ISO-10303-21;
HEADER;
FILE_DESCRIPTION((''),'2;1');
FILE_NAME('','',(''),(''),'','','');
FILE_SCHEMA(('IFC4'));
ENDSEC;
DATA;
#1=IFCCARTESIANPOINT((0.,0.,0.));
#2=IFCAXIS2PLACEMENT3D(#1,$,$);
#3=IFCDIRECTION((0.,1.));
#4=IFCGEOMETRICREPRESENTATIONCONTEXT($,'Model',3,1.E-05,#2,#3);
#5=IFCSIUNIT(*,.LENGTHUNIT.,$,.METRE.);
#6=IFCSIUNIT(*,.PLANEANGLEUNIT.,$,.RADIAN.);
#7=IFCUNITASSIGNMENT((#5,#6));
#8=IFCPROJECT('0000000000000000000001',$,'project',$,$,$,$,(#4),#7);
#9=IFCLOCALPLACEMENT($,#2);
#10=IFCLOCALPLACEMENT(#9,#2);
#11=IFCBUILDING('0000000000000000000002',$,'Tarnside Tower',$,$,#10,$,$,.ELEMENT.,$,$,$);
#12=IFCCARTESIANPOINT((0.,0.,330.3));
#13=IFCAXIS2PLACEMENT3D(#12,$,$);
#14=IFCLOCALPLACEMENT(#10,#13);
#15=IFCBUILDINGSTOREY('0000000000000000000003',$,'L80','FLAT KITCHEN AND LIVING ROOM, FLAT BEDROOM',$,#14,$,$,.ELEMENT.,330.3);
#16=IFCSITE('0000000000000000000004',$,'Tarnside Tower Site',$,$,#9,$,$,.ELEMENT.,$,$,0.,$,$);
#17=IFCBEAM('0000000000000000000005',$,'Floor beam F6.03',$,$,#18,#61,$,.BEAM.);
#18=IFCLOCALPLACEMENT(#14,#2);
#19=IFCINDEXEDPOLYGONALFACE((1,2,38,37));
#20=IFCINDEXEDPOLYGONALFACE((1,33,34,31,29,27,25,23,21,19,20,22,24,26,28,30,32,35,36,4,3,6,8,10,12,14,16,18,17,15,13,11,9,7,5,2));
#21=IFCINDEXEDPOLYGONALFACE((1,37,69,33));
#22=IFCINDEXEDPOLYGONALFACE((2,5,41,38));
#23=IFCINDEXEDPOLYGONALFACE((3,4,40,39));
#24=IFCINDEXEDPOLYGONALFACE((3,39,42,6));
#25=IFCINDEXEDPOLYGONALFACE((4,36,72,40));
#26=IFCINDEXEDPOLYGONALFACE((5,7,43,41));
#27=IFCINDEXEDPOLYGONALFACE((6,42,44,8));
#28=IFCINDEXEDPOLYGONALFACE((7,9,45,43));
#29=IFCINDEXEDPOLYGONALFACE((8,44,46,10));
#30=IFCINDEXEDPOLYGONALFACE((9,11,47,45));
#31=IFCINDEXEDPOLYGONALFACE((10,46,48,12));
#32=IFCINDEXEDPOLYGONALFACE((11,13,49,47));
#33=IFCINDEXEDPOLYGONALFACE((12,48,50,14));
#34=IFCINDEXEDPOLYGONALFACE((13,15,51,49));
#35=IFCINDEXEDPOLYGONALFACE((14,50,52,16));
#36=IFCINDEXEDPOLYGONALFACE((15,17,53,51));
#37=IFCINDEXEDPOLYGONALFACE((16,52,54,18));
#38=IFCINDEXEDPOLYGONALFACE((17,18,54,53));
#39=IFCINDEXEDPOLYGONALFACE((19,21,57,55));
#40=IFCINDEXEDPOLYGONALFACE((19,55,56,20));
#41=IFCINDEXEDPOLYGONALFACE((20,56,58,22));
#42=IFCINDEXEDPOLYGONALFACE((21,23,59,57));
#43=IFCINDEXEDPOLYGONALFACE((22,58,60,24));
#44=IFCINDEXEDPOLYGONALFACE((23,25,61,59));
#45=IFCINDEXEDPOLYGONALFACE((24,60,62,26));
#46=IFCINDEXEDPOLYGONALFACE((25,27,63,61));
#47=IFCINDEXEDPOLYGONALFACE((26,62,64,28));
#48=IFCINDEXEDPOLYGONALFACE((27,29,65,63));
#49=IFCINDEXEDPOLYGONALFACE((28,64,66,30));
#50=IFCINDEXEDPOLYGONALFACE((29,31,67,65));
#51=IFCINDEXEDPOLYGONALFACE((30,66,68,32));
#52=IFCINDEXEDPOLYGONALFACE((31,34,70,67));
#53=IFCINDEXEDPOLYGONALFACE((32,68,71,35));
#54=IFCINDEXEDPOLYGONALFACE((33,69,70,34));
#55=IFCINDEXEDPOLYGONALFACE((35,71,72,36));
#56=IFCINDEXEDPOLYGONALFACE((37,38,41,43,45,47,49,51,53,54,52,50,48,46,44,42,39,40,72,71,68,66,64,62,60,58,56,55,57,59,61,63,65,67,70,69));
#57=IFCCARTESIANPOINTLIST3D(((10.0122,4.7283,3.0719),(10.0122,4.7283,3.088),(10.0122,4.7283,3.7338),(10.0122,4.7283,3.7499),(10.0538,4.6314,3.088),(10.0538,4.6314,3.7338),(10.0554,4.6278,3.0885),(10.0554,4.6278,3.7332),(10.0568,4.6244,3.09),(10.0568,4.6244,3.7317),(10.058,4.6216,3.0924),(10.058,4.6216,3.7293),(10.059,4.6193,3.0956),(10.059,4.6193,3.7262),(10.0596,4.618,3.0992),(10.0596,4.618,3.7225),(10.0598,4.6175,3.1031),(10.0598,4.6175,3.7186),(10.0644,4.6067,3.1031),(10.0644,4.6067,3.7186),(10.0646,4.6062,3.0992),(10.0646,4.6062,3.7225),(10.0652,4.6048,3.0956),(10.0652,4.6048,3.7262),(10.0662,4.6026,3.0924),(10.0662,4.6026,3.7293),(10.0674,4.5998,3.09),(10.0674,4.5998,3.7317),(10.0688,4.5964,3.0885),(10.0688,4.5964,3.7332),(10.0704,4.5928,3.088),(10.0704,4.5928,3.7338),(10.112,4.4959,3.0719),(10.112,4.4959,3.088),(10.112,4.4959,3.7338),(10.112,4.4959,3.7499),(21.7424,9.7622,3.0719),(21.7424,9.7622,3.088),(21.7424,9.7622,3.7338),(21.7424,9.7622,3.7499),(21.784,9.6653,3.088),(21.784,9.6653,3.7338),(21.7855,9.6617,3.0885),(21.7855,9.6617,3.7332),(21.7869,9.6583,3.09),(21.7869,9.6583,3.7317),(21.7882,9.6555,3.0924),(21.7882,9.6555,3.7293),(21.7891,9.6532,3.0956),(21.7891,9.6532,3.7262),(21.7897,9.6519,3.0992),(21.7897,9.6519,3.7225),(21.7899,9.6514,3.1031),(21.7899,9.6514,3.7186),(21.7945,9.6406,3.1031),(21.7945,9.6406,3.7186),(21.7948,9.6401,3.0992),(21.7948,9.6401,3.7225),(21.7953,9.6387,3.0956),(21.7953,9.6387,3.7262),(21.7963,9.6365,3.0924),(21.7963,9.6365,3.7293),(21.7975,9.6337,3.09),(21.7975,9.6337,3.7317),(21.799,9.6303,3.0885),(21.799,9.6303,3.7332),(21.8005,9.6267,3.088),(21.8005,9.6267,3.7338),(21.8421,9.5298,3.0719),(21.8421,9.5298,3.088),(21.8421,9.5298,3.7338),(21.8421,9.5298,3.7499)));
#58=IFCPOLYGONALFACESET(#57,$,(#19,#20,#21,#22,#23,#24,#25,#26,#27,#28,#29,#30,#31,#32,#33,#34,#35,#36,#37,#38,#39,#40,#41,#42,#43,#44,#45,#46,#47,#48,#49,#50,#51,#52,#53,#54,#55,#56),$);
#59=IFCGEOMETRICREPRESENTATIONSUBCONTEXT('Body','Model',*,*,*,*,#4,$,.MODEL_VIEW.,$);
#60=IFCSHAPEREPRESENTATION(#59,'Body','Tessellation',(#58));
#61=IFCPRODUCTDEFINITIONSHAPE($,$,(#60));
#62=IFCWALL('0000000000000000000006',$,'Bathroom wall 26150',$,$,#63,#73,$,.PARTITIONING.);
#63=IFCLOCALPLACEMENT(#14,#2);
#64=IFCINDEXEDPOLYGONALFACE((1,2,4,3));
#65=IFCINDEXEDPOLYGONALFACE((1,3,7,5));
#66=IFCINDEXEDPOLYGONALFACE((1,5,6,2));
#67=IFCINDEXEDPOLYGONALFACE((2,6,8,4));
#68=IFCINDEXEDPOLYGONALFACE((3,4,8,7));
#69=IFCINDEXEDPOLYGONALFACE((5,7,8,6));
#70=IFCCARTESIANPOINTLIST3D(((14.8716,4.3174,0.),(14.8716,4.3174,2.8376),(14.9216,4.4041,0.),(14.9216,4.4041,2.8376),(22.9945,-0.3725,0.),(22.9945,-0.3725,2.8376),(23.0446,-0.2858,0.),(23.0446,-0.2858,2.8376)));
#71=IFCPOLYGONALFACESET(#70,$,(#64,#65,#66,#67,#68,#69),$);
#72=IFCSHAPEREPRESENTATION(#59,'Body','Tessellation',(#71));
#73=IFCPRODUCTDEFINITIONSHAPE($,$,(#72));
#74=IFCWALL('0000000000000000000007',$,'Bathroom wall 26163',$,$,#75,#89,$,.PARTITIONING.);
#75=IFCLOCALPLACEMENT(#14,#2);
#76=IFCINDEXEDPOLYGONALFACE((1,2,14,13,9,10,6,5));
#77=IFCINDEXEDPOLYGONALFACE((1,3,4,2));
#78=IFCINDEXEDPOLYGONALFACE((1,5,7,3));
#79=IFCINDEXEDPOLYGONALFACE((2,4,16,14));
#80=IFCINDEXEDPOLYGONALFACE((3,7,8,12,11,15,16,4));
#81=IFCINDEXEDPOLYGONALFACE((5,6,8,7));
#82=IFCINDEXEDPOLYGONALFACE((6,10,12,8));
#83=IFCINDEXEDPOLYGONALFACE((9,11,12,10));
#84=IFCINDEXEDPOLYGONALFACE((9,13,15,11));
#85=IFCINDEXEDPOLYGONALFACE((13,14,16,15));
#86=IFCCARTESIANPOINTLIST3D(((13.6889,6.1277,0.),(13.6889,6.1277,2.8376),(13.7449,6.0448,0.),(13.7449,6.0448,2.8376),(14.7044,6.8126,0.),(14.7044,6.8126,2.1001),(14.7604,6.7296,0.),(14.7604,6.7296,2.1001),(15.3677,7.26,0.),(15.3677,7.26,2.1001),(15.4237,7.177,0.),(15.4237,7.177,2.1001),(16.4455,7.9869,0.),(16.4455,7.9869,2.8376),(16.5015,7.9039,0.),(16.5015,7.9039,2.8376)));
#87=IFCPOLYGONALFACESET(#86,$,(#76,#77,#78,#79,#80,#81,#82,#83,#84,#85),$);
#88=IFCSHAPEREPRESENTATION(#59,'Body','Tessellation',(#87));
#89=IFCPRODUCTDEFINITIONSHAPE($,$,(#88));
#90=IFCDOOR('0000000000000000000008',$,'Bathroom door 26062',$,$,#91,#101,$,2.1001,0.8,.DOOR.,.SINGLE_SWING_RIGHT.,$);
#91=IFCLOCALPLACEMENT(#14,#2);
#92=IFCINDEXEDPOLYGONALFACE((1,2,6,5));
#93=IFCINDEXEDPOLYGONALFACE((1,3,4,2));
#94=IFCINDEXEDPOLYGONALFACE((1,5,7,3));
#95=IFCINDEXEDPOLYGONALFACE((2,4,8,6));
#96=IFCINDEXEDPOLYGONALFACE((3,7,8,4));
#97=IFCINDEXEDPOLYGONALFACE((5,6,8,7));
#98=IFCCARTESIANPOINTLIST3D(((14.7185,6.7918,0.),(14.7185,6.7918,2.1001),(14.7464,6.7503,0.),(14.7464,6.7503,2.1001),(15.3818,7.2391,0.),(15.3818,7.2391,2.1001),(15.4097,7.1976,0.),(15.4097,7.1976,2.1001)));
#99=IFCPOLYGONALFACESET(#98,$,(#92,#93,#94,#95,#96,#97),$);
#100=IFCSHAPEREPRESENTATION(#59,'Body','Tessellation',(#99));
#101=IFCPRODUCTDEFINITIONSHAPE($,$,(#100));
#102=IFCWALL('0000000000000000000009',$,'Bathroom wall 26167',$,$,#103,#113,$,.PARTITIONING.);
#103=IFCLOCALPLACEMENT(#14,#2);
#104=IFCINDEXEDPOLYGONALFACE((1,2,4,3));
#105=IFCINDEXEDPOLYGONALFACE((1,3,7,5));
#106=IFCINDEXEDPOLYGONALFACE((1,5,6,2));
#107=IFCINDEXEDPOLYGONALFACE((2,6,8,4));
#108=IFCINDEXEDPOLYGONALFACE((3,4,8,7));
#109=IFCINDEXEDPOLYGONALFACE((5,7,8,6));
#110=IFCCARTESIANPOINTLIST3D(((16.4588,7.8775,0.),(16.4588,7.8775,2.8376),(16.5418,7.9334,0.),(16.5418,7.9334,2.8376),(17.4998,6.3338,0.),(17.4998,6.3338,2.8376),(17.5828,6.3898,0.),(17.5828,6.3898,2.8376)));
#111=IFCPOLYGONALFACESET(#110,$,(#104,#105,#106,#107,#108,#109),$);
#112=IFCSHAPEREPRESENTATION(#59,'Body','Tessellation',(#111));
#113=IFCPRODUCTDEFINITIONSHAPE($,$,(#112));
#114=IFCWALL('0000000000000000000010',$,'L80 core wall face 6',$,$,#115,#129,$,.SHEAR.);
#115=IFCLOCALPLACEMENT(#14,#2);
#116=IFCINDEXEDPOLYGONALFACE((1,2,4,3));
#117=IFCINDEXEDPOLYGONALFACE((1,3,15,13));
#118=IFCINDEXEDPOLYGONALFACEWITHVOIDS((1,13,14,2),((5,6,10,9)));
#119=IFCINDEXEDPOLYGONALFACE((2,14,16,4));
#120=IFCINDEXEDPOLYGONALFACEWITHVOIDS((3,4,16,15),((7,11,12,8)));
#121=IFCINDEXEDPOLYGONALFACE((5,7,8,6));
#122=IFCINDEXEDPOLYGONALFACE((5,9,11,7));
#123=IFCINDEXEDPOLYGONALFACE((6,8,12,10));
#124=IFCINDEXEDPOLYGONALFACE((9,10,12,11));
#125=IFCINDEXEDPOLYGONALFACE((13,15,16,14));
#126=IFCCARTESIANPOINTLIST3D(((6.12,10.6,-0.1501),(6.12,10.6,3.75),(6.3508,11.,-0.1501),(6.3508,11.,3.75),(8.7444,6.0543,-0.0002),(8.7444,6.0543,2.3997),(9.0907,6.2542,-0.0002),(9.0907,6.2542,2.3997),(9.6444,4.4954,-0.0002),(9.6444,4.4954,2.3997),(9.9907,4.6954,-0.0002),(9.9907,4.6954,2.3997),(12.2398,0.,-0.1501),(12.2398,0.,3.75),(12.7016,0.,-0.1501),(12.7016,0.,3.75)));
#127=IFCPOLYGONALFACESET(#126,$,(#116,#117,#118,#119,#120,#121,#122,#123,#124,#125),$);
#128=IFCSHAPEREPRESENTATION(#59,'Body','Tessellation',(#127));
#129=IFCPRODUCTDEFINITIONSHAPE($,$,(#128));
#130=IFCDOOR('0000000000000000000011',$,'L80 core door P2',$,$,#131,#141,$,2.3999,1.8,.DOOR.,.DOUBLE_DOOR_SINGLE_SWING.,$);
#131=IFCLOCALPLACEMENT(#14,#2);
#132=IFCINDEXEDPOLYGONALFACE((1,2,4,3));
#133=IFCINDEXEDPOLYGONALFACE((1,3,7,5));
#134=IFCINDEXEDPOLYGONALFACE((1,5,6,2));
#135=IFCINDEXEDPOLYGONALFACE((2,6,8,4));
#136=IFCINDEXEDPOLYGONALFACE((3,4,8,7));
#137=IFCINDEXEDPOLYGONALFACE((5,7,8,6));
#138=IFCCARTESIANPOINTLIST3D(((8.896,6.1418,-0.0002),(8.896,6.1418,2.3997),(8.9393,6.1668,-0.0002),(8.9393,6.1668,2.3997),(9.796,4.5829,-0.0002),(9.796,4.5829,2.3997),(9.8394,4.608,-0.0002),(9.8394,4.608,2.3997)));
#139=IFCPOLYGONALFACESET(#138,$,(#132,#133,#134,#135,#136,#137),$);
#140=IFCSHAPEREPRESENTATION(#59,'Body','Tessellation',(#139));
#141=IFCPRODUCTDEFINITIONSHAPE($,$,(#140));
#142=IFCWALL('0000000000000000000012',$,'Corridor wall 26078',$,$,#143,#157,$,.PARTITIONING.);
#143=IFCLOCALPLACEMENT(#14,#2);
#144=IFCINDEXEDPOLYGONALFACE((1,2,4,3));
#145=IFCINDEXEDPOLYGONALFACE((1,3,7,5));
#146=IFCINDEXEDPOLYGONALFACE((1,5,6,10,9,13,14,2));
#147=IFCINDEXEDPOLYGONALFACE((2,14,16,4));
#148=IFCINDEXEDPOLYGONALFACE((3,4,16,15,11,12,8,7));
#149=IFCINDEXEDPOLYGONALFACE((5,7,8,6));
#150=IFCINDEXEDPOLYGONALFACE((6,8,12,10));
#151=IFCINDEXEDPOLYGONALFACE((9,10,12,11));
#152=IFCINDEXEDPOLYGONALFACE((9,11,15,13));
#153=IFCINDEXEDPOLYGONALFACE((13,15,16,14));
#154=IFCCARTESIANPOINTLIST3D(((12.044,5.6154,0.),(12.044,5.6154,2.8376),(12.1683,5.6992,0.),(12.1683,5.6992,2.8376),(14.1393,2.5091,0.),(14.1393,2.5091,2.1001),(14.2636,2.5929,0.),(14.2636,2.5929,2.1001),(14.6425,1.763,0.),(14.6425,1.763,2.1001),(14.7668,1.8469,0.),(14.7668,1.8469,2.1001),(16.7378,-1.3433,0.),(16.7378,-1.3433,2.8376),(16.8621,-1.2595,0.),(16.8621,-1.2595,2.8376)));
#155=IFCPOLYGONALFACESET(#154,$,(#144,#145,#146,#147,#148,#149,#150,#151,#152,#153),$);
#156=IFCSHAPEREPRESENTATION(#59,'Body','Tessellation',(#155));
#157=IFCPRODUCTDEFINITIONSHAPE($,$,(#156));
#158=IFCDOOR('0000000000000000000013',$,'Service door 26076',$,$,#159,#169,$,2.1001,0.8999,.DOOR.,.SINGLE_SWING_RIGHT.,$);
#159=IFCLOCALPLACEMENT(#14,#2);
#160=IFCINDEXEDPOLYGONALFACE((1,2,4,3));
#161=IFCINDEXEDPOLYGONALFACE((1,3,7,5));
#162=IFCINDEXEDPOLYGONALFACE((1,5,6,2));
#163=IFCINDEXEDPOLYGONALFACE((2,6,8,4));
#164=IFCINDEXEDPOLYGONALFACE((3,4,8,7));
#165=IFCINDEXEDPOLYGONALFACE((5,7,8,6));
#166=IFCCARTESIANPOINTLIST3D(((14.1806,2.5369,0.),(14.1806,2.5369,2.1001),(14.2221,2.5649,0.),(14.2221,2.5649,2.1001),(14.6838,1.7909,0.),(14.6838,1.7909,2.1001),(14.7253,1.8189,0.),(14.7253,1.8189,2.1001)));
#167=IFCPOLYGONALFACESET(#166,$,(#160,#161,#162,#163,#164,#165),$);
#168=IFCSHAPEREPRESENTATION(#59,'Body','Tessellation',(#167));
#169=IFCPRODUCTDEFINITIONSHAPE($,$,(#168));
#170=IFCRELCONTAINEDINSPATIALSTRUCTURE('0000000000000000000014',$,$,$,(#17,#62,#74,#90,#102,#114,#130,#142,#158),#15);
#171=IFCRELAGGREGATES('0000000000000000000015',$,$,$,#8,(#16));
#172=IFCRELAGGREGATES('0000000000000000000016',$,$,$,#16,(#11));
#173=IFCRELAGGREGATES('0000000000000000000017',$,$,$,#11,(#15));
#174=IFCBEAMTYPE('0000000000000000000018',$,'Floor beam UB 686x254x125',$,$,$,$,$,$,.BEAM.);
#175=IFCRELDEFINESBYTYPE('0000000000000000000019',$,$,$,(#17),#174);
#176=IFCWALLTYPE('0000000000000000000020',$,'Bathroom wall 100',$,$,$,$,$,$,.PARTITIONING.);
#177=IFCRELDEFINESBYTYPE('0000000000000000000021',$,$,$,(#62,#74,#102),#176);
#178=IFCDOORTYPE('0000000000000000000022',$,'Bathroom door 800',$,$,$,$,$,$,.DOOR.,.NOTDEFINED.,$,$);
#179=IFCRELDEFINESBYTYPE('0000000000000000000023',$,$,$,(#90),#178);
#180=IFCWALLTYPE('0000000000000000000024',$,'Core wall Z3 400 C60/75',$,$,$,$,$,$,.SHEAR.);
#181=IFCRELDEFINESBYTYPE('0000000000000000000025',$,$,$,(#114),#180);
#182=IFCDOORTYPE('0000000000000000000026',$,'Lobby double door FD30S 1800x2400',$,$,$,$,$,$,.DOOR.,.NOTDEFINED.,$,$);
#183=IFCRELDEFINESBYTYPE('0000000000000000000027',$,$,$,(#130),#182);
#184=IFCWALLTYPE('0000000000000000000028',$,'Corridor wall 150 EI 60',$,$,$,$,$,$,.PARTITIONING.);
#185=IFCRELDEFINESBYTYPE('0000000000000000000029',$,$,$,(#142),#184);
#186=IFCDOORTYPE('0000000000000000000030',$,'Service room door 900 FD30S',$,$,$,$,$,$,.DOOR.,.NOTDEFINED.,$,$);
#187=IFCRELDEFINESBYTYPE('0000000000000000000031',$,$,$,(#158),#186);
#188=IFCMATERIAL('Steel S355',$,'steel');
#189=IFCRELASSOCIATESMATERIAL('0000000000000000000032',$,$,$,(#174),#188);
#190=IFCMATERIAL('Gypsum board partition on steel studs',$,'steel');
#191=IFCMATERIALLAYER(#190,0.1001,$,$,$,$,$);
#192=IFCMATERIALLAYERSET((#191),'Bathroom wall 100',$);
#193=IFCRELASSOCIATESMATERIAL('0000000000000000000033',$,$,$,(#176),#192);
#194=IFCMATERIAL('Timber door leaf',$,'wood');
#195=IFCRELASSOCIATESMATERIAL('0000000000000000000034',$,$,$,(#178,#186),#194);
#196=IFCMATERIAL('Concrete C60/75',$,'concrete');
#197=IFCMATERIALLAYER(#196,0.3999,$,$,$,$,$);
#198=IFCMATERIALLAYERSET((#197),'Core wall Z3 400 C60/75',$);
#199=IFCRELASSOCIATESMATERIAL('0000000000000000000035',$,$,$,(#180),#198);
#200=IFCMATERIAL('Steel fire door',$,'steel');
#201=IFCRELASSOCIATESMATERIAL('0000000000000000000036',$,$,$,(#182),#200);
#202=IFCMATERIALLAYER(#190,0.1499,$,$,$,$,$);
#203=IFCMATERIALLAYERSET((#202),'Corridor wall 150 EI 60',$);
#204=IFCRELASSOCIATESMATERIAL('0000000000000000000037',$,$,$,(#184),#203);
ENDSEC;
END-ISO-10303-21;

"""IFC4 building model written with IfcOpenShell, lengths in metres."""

from ifc_helpers import new_model, si_unit, direction, frame, frame_2d, origin, origin_2d, place, context, subcontext, project, spatial, polyline, rectangle, i_section, outline, extrude, material, layer, layer_set, material_profile, profile_set, type_object, element, fill, save


model = new_model("IFC4")

# Units and contexts
model_context = context("Model", 3, precision=1e-05, world=origin(), true_north=direction((0.0, 1.0)))
body_context = subcontext(model_context, "Body", "Model", "MODEL_VIEW")
ifc_project = project(units=[si_unit("LENGTHUNIT", "METRE"), si_unit("PLANEANGLEUNIT", "RADIAN")], contexts=[model_context])

# Site, building, storey
site_placement = place(None, origin())
site = spatial("IfcSite", under=ifc_project, at=site_placement, Name="Tarnside Tower Site", CompositionType="ELEMENT", RefElevation=0.0)
building_placement = place(site_placement, origin())
building = spatial("IfcBuilding", under=site, at=building_placement, Name="Tarnside Tower", CompositionType="ELEMENT")
storey_placement = place(building_placement, frame((0.0, 0.0, 330.3)))
storey = spatial("IfcBuildingStorey", under=building, at=storey_placement, Name="L80", Description="FLAT KITCHEN AND LIVING ROOM, FLAT BEDROOM", CompositionType="ELEMENT", Elevation=330.3)

# Beam
ifc_material_1 = material(Name="Steel S355", Category="steel")
ifc_material_profile = material_profile(ifc_material_1, i_section(OverallWidth=0.2529, OverallDepth=0.678, WebThickness=0.0117, FlangeThickness=0.0161, FilletRadius=0.0151, at=origin_2d()), Name="UB 686x254x125")
ifc_profile_set = profile_set([ifc_material_profile], Name="Steel S355")
beam_type = type_object("IfcBeamType", Name="Floor beam UB 686x254x125", PredefinedType="BEAM", material=ifc_profile_set)
beam_placement = place(storey_placement, frame((21.7922, 9.646, 3.4109), z_axis=(-0.918955, -0.394362, 0.0), x_axis=(0.394362, -0.918955, 0.0)))
element("IfcBeam", 1, at=beam_placement, inside=storey, type_object=beam_type, Name="Floor beam F6.03", PredefinedType="BEAM", context=body_context, shape_type="SweptSolid", body=[
    extrude(i_section(OverallWidth=0.2529, OverallDepth=0.678, WebThickness=0.0117, FlangeThickness=0.0161, FilletRadius=0.0151, at=origin_2d()), origin(), (0.0, 0.0, 1.0), 12.7646),
])

# Wall
ifc_material_2 = material(Name="Gypsum board partition on steel studs", Category="steel")
ifc_layer_1 = layer(ifc_material_2, 0.1001)
ifc_layer_set_1 = layer_set([ifc_layer_1], Name="Bathroom wall 100")
wall_type_1 = type_object("IfcWallType", Name="Bathroom wall 100", PredefinedType="PARTITIONING", material=ifc_layer_set_1)
wall_1_placement = place(storey_placement, frame((14.8965, 4.3608, 0.0), z_axis=(0.0, 0.0, 1.0), x_axis=(0.866021, -0.500008, 0.0)))
element("IfcWall", 2, at=wall_1_placement, inside=storey, type_object=wall_type_1, Name="Bathroom wall 26150", PredefinedType="PARTITIONING", context=body_context, shape_type="SweptSolid", body=[
    extrude(rectangle(XDim=9.3796, YDim=0.1001, at=frame_2d((4.6899, 0.0))), origin(), (0.0, 0.0, 1.0), 2.8376),
])

# Wall, opening, door
wall_2_placement = place(storey_placement, frame((13.7168, 6.0862, 0.0), z_axis=(0.0, 0.0, 1.0), x_axis=(0.829067, 0.559149, 0.0)))
wall_2 = element("IfcWall", 3, at=wall_2_placement, inside=storey, type_object=wall_type_1, Name="Bathroom wall 26163", PredefinedType="PARTITIONING", context=body_context, shape_type="SweptSolid", body=[
    extrude(rectangle(XDim=3.325, YDim=0.1001, at=frame_2d((1.6626, 0.0))), origin(), (0.0, 0.0, 1.0), 2.8376),
])
opening_1_placement = place(wall_2_placement, frame((1.2251, 0.0, 0.0)))
opening_1 = element("IfcOpeningElement", 4, at=opening_1_placement, cuts=wall_2, PredefinedType="OPENING", context=body_context, shape_type="SweptSolid", body=[
    extrude(rectangle(XDim=0.8, YDim=2.1001, at=frame_2d((0.3999, 1.05))), frame((0.0, 0.0601, 0.0), z_axis=(0.0, -1.0, 0.0), x_axis=(1.0, 0.0, 0.0)), (0.0, 0.0, 1.0), 0.1201),
])
ifc_material_3 = material(Name="Timber door leaf", Category="wood")
door_type_1 = type_object("IfcDoorType", Name="Bathroom door 800", OperationType="NOTDEFINED", PredefinedType="DOOR", material=ifc_material_3)
door_1_placement = place(opening_1_placement, origin())
door_1 = element("IfcDoor", 5, at=door_1_placement, inside=storey, type_object=door_type_1, Name="Bathroom door 26062", OperationType="SINGLE_SWING_RIGHT", OverallHeight=2.1001, OverallWidth=0.8, PredefinedType="DOOR", context=body_context, shape_type="SweptSolid", body=[
    extrude(rectangle(XDim=0.8, YDim=2.1001, at=frame_2d((0.3999, 1.05))), frame((0.0, 0.0249, 0.0), z_axis=(0.0, -1.0, 0.0), x_axis=(1.0, 0.0, 0.0)), (0.0, 0.0, 1.0), 0.05),
])
fill(opening_1, door_1)

# Wall
wall_3_placement = place(storey_placement, frame((17.5413, 6.3618, 0.0), z_axis=(0.0, 0.0, 1.0), x_axis=(-0.55911, 0.829093, 0.0)))
element("IfcWall", 6, at=wall_3_placement, inside=storey, type_object=wall_type_1, Name="Bathroom wall 26167", PredefinedType="PARTITIONING", context=body_context, shape_type="SweptSolid", body=[
    extrude(rectangle(XDim=1.8618, YDim=0.1001, at=frame_2d((0.9309, 0.0))), origin(), (0.0, 0.0, 1.0), 2.8376),
])

# Walls, openings, doors
ifc_material_4 = material(Name="Concrete C60/75", Category="concrete")
ifc_layer_2 = layer(ifc_material_4, 0.3999)
ifc_layer_set_2 = layer_set([ifc_layer_2], Name="Core wall Z3 400 C60/75")
wall_type_2 = type_object("IfcWallType", Name="Core wall Z3 400 C60/75", PredefinedType="SHEAR", material=ifc_layer_set_2)
wall_4_placement = place(storey_placement, frame((12.4707, 0.0, -0.1501), z_axis=(0.0, 0.0, 1.0), x_axis=(-0.499996, 0.866027, 0.0)))
wall_4 = element("IfcWall", 7, at=wall_4_placement, inside=storey, type_object=wall_type_2, Name="L80 core wall face 6", PredefinedType="SHEAR", context=body_context, shape_type="SweptSolid", body=[
    extrude(outline(polyline([(-0.1155, -0.2), (12.5862, -0.2), (12.3552, 0.2), (0.1155, 0.2), (-0.1155, -0.2)])), origin(), (0.0, 0.0, 1.0), 3.9001),
])
opening_2_placement = place(wall_4_placement, frame((5.3064, 0.0, 0.1499)))
opening_2 = element("IfcOpeningElement", 8, at=opening_2_placement, cuts=wall_4, PredefinedType="OPENING", context=body_context, shape_type="SweptSolid", body=[
    extrude(rectangle(XDim=1.8, YDim=2.3999, at=frame_2d((0.8999, 1.2))), frame((0.0, 0.21, 0.0), z_axis=(0.0, -1.0, 0.0), x_axis=(1.0, 0.0, 0.0)), (0.0, 0.0, 1.0), 0.4199),
])
ifc_material_5 = material(Name="Steel fire door", Category="steel")
door_type_2 = type_object("IfcDoorType", Name="Lobby double door FD30S 1800x2400", OperationType="NOTDEFINED", PredefinedType="DOOR", material=ifc_material_5)
door_2_placement = place(opening_2_placement, origin())
door_2 = element("IfcDoor", 9, at=door_2_placement, inside=storey, type_object=door_type_2, Name="L80 core door P2", OperationType="DOUBLE_DOOR_SINGLE_SWING", OverallHeight=2.3999, OverallWidth=1.8, PredefinedType="DOOR", context=body_context, shape_type="SweptSolid", body=[
    extrude(rectangle(XDim=1.8, YDim=2.3999, at=frame_2d((0.8999, 1.2))), frame((0.0, 0.0249, 0.0), z_axis=(0.0, -1.0, 0.0), x_axis=(1.0, 0.0, 0.0)), (0.0, 0.0, 1.0), 0.05),
])
fill(opening_2, door_2)
ifc_layer_3 = layer(ifc_material_2, 0.1499)
ifc_layer_set_3 = layer_set([ifc_layer_3], Name="Corridor wall 150 EI 60")
wall_type_3 = type_object("IfcWallType", Name="Corridor wall 150 EI 60", PredefinedType="PARTITIONING", material=ifc_layer_set_3)
wall_5_placement = place(storey_placement, frame((12.1062, 5.6572, 0.0), z_axis=(0.0, 0.0, 1.0), x_axis=(0.559203, -0.829031, 0.0)))
wall_5 = element("IfcWall", 10, at=wall_5_placement, inside=storey, type_object=wall_type_3, Name="Corridor wall 26078", PredefinedType="PARTITIONING", context=body_context, shape_type="SweptSolid", body=[
    extrude(rectangle(XDim=8.3938, YDim=0.1499, at=frame_2d((4.1968, 0.0))), origin(), (0.0, 0.0, 1.0), 2.8376),
])
opening_3_placement = place(wall_5_placement, frame((3.7468, 0.0, 0.0)))
opening_3 = element("IfcOpeningElement", 11, at=opening_3_placement, cuts=wall_5, PredefinedType="OPENING", context=body_context, shape_type="SweptSolid", body=[
    extrude(rectangle(XDim=0.8999, YDim=2.1001, at=frame_2d((0.45, 1.05))), frame((0.0, 0.085, 0.0), z_axis=(0.0, -1.0, 0.0), x_axis=(1.0, 0.0, 0.0)), (0.0, 0.0, 1.0), 0.1699),
])
door_type_3 = type_object("IfcDoorType", Name="Service room door 900 FD30S", OperationType="NOTDEFINED", PredefinedType="DOOR", material=ifc_material_3)
door_3_placement = place(opening_3_placement, origin())
door_3 = element("IfcDoor", 12, at=door_3_placement, inside=storey, type_object=door_type_3, Name="Service door 26076", OperationType="SINGLE_SWING_RIGHT", OverallHeight=2.1001, OverallWidth=0.8999, PredefinedType="DOOR", context=body_context, shape_type="SweptSolid", body=[
    extrude(rectangle(XDim=0.8999, YDim=2.1001, at=frame_2d((0.45, 1.05))), frame((0.0, 0.0249, 0.0), z_axis=(0.0, -1.0, 0.0), x_axis=(1.0, 0.0, 0.0)), (0.0, 0.0, 1.0), 0.05),
])
fill(opening_3, door_3)

save(model, "model.ifc")
